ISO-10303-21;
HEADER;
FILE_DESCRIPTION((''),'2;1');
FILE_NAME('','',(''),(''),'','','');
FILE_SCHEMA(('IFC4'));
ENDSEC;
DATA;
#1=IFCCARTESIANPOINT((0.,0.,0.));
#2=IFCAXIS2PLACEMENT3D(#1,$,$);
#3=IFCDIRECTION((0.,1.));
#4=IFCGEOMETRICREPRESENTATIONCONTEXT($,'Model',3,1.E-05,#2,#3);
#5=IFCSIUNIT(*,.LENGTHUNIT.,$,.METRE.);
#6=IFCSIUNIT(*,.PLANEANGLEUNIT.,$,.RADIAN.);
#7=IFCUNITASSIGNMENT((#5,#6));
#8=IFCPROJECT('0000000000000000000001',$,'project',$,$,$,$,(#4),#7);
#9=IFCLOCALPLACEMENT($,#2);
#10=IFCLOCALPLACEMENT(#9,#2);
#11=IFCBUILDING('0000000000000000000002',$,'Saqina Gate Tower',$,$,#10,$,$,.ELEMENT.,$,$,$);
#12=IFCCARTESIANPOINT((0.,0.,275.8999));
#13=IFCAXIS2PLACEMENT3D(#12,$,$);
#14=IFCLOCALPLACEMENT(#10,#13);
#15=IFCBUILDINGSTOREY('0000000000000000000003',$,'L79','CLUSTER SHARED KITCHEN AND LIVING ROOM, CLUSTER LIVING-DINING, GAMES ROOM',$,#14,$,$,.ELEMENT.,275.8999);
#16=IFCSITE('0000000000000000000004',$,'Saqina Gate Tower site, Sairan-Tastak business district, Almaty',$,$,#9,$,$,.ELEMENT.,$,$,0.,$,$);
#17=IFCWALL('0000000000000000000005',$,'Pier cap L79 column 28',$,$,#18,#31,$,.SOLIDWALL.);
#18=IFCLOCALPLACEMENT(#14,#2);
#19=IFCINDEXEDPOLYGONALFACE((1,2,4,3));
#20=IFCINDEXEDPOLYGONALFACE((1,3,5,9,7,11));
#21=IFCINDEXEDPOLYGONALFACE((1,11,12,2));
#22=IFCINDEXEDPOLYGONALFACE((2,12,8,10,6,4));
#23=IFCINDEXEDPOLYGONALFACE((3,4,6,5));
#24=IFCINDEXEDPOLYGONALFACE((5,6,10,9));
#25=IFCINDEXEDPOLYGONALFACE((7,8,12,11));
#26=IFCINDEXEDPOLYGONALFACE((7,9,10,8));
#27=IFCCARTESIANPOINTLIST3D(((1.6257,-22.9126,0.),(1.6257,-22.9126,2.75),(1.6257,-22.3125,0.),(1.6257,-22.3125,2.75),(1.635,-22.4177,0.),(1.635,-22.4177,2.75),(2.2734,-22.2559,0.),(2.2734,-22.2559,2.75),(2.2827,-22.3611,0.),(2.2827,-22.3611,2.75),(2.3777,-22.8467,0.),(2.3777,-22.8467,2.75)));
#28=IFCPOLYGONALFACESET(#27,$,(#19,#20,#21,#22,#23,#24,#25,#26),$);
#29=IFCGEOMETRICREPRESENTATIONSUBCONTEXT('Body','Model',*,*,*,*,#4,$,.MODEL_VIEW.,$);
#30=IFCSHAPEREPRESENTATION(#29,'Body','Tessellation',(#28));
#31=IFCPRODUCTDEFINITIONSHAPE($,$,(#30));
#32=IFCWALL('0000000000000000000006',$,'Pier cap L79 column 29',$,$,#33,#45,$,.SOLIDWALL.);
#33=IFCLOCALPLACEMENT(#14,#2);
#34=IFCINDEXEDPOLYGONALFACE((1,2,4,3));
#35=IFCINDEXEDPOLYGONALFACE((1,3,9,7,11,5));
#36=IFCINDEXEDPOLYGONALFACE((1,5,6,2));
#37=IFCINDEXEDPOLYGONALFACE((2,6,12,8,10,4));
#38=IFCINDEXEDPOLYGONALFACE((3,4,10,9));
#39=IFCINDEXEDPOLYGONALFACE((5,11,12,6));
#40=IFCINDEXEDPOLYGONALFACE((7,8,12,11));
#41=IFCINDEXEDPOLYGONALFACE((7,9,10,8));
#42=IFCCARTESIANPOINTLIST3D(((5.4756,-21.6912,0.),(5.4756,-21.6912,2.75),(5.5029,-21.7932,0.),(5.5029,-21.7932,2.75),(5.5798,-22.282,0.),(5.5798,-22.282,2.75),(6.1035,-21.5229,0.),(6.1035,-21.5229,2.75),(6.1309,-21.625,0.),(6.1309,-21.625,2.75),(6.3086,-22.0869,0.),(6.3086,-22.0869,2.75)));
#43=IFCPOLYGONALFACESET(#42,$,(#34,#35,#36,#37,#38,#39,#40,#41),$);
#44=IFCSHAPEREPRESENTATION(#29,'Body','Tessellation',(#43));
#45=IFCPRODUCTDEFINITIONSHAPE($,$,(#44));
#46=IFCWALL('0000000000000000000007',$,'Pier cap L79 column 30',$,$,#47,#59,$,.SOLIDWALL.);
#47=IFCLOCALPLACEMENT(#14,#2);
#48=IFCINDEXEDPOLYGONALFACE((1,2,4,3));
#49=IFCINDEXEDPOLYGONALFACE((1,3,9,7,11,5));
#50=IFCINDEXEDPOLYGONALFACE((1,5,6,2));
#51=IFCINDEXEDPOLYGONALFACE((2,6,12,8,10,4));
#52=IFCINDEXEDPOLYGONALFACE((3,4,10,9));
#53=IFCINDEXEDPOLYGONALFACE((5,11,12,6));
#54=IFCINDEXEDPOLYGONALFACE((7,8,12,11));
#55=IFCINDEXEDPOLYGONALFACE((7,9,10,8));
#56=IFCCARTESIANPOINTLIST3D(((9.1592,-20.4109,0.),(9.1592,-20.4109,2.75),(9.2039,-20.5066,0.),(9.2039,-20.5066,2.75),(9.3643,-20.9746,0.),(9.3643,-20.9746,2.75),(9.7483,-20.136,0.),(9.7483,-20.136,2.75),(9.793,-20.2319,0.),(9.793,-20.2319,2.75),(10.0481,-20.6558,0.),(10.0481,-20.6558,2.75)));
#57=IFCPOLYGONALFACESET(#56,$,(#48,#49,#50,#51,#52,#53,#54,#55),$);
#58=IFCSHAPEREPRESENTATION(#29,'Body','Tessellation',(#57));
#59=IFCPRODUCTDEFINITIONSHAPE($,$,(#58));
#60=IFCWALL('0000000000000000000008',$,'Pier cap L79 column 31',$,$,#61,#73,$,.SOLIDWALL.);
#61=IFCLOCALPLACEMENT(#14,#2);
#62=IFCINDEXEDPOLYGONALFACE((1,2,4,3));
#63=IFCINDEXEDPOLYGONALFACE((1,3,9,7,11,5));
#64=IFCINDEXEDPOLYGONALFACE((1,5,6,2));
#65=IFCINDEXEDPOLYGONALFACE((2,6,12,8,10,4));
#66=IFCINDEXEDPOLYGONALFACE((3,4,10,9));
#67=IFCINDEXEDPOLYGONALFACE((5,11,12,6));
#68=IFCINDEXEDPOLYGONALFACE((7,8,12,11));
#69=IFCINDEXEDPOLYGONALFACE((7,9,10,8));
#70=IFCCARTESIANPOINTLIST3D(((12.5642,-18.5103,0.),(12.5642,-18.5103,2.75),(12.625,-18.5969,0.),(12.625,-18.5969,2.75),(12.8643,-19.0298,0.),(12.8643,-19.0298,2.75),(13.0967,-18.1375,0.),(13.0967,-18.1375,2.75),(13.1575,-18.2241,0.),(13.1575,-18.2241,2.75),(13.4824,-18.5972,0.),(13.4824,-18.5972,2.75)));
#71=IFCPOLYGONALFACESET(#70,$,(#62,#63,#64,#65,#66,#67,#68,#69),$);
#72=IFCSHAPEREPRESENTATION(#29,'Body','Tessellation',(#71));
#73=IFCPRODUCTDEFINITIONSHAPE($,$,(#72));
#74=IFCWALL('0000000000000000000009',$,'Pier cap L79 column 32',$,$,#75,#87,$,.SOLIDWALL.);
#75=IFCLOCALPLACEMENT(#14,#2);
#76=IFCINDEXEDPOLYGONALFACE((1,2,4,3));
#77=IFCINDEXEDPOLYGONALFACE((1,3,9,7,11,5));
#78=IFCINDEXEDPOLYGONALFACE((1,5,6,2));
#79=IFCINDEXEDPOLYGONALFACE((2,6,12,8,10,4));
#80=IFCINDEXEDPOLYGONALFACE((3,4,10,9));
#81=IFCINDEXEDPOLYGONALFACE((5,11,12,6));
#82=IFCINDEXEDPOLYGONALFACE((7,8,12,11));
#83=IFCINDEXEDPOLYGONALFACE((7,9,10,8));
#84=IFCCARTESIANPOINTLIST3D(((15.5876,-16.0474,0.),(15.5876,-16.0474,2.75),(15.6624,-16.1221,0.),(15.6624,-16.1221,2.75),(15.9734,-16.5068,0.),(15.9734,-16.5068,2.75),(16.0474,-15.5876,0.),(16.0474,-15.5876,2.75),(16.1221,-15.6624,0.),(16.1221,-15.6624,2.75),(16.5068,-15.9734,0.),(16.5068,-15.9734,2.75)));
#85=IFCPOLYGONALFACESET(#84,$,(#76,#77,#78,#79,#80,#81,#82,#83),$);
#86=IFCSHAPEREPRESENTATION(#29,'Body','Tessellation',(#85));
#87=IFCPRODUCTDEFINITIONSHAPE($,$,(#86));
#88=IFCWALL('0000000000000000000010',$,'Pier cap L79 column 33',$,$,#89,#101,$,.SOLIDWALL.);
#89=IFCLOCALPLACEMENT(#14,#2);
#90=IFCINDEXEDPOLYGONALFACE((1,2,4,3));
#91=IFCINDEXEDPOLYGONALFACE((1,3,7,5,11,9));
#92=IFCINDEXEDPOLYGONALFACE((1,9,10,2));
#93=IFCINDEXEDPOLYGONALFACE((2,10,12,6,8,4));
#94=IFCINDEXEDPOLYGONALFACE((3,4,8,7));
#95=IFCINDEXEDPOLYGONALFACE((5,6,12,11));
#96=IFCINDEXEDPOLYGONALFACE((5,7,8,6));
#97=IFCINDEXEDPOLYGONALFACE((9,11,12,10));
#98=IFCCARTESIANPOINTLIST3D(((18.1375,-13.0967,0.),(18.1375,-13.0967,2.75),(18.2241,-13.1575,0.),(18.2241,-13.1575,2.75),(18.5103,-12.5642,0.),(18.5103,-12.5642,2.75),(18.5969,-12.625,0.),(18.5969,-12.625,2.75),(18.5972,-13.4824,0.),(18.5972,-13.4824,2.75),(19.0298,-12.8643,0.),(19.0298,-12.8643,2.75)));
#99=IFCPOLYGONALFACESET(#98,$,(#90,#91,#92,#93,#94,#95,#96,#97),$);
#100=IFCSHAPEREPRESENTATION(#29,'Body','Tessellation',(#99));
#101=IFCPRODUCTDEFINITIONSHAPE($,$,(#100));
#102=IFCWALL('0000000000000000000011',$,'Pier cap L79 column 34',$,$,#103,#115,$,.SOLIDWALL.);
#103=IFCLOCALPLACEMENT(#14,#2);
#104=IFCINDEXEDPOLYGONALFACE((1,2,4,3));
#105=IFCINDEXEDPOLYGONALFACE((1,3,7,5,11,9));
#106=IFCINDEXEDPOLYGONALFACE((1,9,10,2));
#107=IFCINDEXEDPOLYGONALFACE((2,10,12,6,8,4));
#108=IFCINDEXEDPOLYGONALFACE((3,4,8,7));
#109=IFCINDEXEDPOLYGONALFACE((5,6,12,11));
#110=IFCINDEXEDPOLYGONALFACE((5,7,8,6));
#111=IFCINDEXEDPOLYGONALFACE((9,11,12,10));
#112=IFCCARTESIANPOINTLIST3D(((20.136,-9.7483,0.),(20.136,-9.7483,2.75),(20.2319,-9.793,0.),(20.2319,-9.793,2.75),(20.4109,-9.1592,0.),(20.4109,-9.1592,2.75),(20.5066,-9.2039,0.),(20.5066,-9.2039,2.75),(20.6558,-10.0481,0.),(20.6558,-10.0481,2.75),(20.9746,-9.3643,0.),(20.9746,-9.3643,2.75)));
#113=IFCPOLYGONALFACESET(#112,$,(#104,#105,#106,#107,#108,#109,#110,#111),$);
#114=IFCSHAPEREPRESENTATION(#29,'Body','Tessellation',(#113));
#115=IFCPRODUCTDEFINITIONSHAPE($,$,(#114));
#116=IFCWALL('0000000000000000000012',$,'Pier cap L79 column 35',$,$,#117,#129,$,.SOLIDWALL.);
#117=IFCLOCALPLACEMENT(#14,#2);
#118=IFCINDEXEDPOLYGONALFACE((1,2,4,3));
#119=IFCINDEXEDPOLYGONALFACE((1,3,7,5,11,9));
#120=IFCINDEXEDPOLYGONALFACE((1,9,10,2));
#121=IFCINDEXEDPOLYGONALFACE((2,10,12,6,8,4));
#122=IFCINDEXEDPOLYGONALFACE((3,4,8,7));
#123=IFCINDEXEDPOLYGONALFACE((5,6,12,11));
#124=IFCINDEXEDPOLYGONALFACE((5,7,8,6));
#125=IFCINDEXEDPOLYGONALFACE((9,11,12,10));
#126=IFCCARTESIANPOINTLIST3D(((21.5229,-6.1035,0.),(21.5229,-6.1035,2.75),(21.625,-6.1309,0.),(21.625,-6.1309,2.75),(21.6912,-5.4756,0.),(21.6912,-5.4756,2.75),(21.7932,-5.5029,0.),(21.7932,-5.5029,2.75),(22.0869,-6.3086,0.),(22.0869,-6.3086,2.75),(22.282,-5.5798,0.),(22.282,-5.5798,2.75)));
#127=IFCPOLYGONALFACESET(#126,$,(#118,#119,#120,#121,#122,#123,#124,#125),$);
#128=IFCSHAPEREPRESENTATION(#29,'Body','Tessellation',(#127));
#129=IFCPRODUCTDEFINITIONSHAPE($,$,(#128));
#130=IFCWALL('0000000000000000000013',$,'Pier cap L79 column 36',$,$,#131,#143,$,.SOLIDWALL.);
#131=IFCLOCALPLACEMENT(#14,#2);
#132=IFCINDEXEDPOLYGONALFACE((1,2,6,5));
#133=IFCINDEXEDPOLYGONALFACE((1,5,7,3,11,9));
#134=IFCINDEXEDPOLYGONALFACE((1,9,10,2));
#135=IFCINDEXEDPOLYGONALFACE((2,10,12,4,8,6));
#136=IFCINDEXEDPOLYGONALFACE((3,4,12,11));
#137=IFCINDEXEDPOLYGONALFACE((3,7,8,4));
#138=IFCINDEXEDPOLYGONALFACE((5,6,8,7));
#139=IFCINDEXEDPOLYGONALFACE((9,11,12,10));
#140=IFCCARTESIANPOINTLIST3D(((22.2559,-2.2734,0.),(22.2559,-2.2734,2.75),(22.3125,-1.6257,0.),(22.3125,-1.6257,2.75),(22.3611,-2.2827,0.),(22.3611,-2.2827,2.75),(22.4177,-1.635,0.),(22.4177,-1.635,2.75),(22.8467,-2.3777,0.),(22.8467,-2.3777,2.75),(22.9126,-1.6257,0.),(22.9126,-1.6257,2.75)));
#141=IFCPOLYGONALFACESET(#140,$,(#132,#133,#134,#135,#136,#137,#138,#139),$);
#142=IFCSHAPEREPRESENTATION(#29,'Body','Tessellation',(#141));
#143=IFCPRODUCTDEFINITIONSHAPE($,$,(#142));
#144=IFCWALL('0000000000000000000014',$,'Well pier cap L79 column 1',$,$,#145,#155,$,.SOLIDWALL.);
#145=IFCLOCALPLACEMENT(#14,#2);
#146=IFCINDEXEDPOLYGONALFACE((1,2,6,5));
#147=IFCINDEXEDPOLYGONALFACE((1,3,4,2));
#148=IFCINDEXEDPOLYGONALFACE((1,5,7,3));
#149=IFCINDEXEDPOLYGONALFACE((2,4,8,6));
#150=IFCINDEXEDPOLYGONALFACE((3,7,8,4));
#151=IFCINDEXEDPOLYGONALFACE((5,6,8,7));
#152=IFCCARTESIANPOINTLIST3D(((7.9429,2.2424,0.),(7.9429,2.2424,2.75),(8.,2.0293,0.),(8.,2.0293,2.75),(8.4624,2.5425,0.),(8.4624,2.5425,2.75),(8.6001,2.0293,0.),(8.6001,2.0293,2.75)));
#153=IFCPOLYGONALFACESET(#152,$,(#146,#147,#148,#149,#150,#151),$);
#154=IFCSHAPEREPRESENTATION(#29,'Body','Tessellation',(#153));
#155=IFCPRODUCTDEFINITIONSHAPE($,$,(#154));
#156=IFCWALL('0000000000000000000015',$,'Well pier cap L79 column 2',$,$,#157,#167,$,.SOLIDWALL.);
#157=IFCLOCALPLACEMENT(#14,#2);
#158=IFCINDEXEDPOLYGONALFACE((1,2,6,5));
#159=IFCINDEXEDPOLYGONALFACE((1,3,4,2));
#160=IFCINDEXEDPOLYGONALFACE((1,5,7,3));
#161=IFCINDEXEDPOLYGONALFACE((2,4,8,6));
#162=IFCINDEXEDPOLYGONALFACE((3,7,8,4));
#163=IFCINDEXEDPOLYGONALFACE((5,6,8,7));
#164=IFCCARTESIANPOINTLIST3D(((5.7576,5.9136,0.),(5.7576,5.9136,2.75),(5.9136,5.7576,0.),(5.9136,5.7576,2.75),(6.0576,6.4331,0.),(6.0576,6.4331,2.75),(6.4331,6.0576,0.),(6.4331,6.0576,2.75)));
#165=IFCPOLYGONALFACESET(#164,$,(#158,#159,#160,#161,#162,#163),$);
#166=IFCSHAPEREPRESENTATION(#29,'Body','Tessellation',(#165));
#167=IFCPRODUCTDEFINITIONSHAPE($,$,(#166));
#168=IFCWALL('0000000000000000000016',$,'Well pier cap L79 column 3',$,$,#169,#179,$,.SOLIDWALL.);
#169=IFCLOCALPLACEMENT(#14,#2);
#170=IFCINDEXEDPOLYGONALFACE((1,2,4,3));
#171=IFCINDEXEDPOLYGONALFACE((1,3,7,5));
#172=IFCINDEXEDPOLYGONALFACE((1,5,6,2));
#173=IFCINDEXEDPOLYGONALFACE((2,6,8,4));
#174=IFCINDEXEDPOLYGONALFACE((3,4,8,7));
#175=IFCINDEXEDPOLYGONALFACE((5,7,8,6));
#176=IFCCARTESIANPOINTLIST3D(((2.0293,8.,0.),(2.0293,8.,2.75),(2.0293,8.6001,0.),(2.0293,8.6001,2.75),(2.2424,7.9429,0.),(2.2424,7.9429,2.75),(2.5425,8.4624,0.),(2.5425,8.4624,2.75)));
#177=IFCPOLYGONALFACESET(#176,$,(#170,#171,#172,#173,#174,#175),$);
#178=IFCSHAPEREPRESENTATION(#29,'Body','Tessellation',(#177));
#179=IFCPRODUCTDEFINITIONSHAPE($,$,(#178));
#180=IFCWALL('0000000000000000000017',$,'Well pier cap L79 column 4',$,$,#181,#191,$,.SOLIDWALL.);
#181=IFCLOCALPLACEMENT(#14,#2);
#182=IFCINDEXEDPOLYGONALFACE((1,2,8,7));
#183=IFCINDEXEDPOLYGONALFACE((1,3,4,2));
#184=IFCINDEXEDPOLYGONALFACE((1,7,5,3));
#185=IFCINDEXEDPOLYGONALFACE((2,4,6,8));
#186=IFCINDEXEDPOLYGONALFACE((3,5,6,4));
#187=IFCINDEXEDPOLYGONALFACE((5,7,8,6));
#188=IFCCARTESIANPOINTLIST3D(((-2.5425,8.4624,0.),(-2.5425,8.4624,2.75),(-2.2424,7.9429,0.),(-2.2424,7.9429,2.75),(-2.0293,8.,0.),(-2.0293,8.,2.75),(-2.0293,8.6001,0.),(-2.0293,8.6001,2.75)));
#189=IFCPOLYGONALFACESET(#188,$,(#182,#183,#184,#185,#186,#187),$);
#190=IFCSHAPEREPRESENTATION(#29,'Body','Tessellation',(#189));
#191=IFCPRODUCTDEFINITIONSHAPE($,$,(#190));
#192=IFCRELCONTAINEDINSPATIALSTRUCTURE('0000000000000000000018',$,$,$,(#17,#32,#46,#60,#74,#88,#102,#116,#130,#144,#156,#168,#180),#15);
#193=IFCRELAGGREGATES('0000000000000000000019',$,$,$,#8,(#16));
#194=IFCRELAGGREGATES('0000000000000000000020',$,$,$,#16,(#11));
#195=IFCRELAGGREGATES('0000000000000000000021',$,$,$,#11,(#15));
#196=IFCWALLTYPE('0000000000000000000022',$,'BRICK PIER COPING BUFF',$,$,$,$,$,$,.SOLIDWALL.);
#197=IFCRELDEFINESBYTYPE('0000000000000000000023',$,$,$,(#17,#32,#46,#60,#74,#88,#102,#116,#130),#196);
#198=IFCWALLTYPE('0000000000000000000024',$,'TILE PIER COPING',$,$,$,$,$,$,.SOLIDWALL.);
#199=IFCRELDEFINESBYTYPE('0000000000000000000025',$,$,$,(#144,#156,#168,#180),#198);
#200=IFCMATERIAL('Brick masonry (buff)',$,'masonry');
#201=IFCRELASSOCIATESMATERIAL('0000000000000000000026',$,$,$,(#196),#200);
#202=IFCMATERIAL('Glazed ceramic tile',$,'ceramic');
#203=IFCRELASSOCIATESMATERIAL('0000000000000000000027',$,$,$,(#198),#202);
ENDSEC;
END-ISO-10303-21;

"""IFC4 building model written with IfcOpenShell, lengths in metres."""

from ifc_helpers import new_model, si_unit, direction, frame, origin, place, context, subcontext, project, spatial, polyline, outline, extrude, material, type_object, element, save


model = new_model("IFC4")

# Units and contexts
model_context = context("Model", 3, precision=1e-05, world=origin(), true_north=direction((0.0, 1.0)))
body_context = subcontext(model_context, "Body", "Model", "MODEL_VIEW")
ifc_project = project(units=[si_unit("LENGTHUNIT", "METRE"), si_unit("PLANEANGLEUNIT", "RADIAN")], contexts=[model_context])

# Site, building, storey
site_placement = place(None, origin())
site = spatial("IfcSite", under=ifc_project, at=site_placement, Name="Saqina Gate Tower site, Sairan-Tastak business district, Almaty", CompositionType="ELEMENT", RefElevation=0.0)
building_placement = place(site_placement, origin())
building = spatial("IfcBuilding", under=site, at=building_placement, Name="Saqina Gate Tower", CompositionType="ELEMENT")
storey_placement = place(building_placement, frame((0.0, 0.0, 275.8999)))
storey = spatial("IfcBuildingStorey", under=building, at=storey_placement, Name="L79", Description="CLUSTER SHARED KITCHEN AND LIVING ROOM, CLUSTER LIVING-DINING, GAMES ROOM", CompositionType="ELEMENT", Elevation=275.8999)

# Walls
ifc_material_1 = material(Name="Brick masonry (buff)", Category="masonry")
wall_type_1 = type_object("IfcWallType", Name="BRICK PIER COPING BUFF", PredefinedType="SOLIDWALL", material=ifc_material_1)
wall_1_placement = place(storey_placement, origin())
element("IfcWall", 1, at=wall_1_placement, inside=storey, type_object=wall_type_1, Name="Pier cap L79 column 28", PredefinedType="SOLIDWALL", context=body_context, shape_type="SweptSolid", body=[
    extrude(outline(polyline([(1.6257, -22.9126), (2.3777, -22.8467), (2.2734, -22.2559), (2.2827, -22.3611), (1.635, -22.4177), (1.6257, -22.3125), (1.6257, -22.9126)])), origin(), (0.0, 0.0, 1.0), 2.75),
])
wall_2_placement = place(storey_placement, origin())
element("IfcWall", 2, at=wall_2_placement, inside=storey, type_object=wall_type_1, Name="Pier cap L79 column 29", PredefinedType="SOLIDWALL", context=body_context, shape_type="SweptSolid", body=[
    extrude(outline(polyline([(6.3086, -22.0869), (6.1035, -21.5229), (6.1309, -21.625), (5.5029, -21.7932), (5.4756, -21.6912), (5.5798, -22.282), (6.3086, -22.0869)])), origin(), (0.0, 0.0, 1.0), 2.75),
])
wall_3_placement = place(storey_placement, origin())
element("IfcWall", 3, at=wall_3_placement, inside=storey, type_object=wall_type_1, Name="Pier cap L79 column 30", PredefinedType="SOLIDWALL", context=body_context, shape_type="SweptSolid", body=[
    extrude(outline(polyline([(9.3643, -20.9746), (10.0481, -20.6558), (9.7483, -20.136), (9.793, -20.2319), (9.2039, -20.5066), (9.1592, -20.4109), (9.3643, -20.9746)])), origin(), (0.0, 0.0, 1.0), 2.75),
])
wall_4_placement = place(storey_placement, origin())
element("IfcWall", 4, at=wall_4_placement, inside=storey, type_object=wall_type_1, Name="Pier cap L79 column 31", PredefinedType="SOLIDWALL", context=body_context, shape_type="SweptSolid", body=[
    extrude(outline(polyline([(12.8643, -19.0298), (13.4824, -18.5972), (13.0967, -18.1375), (13.1575, -18.2241), (12.625, -18.5969), (12.5642, -18.5103), (12.8643, -19.0298)])), origin(), (0.0, 0.0, 1.0), 2.75),
])
wall_5_placement = place(storey_placement, origin())
element("IfcWall", 5, at=wall_5_placement, inside=storey, type_object=wall_type_1, Name="Pier cap L79 column 32", PredefinedType="SOLIDWALL", context=body_context, shape_type="SweptSolid", body=[
    extrude(outline(polyline([(16.5068, -15.9734), (16.0474, -15.5876), (16.1221, -15.6624), (15.6624, -16.1221), (15.5876, -16.0474), (15.9734, -16.5068), (16.5068, -15.9734)])), origin(), (0.0, 0.0, 1.0), 2.75),
])
wall_6_placement = place(storey_placement, origin())
element("IfcWall", 6, at=wall_6_placement, inside=storey, type_object=wall_type_1, Name="Pier cap L79 column 33", PredefinedType="SOLIDWALL", context=body_context, shape_type="SweptSolid", body=[
    extrude(outline(polyline([(19.0298, -12.8643), (18.5103, -12.5642), (18.5969, -12.625), (18.2241, -13.1575), (18.1375, -13.0967), (18.5972, -13.4824), (19.0298, -12.8643)])), origin(), (0.0, 0.0, 1.0), 2.75),
])
wall_7_placement = place(storey_placement, origin())
element("IfcWall", 7, at=wall_7_placement, inside=storey, type_object=wall_type_1, Name="Pier cap L79 column 34", PredefinedType="SOLIDWALL", context=body_context, shape_type="SweptSolid", body=[
    extrude(outline(polyline([(20.6558, -10.0481), (20.9746, -9.3643), (20.4109, -9.1592), (20.5066, -9.2039), (20.2319, -9.793), (20.136, -9.7483), (20.6558, -10.0481)])), origin(), (0.0, 0.0, 1.0), 2.75),
])
wall_8_placement = place(storey_placement, origin())
element("IfcWall", 8, at=wall_8_placement, inside=storey, type_object=wall_type_1, Name="Pier cap L79 column 35", PredefinedType="SOLIDWALL", context=body_context, shape_type="SweptSolid", body=[
    extrude(outline(polyline([(22.282, -5.5798), (21.6912, -5.4756), (21.7932, -5.5029), (21.625, -6.1309), (21.5229, -6.1035), (22.0869, -6.3086), (22.282, -5.5798)])), origin(), (0.0, 0.0, 1.0), 2.75),
])
wall_9_placement = place(storey_placement, origin())
element("IfcWall", 9, at=wall_9_placement, inside=storey, type_object=wall_type_1, Name="Pier cap L79 column 36", PredefinedType="SOLIDWALL", context=body_context, shape_type="SweptSolid", body=[
    extrude(outline(polyline([(22.8467, -2.3777), (22.9126, -1.6257), (22.3125, -1.6257), (22.4177, -1.635), (22.3611, -2.2827), (22.2559, -2.2734), (22.8467, -2.3777)])), origin(), (0.0, 0.0, 1.0), 2.75),
])
ifc_material_2 = material(Name="Glazed ceramic tile", Category="ceramic")
wall_type_2 = type_object("IfcWallType", Name="TILE PIER COPING", PredefinedType="SOLIDWALL", material=ifc_material_2)
wall_10_placement = place(storey_placement, origin())
element("IfcWall", 10, at=wall_10_placement, inside=storey, type_object=wall_type_2, Name="Well pier cap L79 column 1", PredefinedType="SOLIDWALL", context=body_context, shape_type="SweptSolid", body=[
    extrude(outline(polyline([(8.4624, 2.5425), (7.9429, 2.2424), (8.0, 2.0293), (8.6001, 2.0293), (8.4624, 2.5425)])), origin(), (0.0, 0.0, 1.0), 2.75),
])
wall_11_placement = place(storey_placement, origin())
element("IfcWall", 11, at=wall_11_placement, inside=storey, type_object=wall_type_2, Name="Well pier cap L79 column 2", PredefinedType="SOLIDWALL", context=body_context, shape_type="SweptSolid", body=[
    extrude(outline(polyline([(6.0576, 6.4331), (5.7576, 5.9136), (5.9136, 5.7576), (6.4331, 6.0576), (6.0576, 6.4331)])), origin(), (0.0, 0.0, 1.0), 2.75),
])
wall_12_placement = place(storey_placement, origin())
element("IfcWall", 12, at=wall_12_placement, inside=storey, type_object=wall_type_2, Name="Well pier cap L79 column 3", PredefinedType="SOLIDWALL", context=body_context, shape_type="SweptSolid", body=[
    extrude(outline(polyline([(2.0293, 8.6001), (2.0293, 8.0), (2.2424, 7.9429), (2.5425, 8.4624), (2.0293, 8.6001)])), origin(), (0.0, 0.0, 1.0), 2.75),
])
wall_13_placement = place(storey_placement, origin())
element("IfcWall", 13, at=wall_13_placement, inside=storey, type_object=wall_type_2, Name="Well pier cap L79 column 4", PredefinedType="SOLIDWALL", context=body_context, shape_type="SweptSolid", body=[
    extrude(outline(polyline([(-2.5425, 8.4624), (-2.2424, 7.9429), (-2.0293, 8.0), (-2.0293, 8.6001), (-2.5425, 8.4624)])), origin(), (0.0, 0.0, 1.0), 2.75),
])

save(model, "model.ifc")
